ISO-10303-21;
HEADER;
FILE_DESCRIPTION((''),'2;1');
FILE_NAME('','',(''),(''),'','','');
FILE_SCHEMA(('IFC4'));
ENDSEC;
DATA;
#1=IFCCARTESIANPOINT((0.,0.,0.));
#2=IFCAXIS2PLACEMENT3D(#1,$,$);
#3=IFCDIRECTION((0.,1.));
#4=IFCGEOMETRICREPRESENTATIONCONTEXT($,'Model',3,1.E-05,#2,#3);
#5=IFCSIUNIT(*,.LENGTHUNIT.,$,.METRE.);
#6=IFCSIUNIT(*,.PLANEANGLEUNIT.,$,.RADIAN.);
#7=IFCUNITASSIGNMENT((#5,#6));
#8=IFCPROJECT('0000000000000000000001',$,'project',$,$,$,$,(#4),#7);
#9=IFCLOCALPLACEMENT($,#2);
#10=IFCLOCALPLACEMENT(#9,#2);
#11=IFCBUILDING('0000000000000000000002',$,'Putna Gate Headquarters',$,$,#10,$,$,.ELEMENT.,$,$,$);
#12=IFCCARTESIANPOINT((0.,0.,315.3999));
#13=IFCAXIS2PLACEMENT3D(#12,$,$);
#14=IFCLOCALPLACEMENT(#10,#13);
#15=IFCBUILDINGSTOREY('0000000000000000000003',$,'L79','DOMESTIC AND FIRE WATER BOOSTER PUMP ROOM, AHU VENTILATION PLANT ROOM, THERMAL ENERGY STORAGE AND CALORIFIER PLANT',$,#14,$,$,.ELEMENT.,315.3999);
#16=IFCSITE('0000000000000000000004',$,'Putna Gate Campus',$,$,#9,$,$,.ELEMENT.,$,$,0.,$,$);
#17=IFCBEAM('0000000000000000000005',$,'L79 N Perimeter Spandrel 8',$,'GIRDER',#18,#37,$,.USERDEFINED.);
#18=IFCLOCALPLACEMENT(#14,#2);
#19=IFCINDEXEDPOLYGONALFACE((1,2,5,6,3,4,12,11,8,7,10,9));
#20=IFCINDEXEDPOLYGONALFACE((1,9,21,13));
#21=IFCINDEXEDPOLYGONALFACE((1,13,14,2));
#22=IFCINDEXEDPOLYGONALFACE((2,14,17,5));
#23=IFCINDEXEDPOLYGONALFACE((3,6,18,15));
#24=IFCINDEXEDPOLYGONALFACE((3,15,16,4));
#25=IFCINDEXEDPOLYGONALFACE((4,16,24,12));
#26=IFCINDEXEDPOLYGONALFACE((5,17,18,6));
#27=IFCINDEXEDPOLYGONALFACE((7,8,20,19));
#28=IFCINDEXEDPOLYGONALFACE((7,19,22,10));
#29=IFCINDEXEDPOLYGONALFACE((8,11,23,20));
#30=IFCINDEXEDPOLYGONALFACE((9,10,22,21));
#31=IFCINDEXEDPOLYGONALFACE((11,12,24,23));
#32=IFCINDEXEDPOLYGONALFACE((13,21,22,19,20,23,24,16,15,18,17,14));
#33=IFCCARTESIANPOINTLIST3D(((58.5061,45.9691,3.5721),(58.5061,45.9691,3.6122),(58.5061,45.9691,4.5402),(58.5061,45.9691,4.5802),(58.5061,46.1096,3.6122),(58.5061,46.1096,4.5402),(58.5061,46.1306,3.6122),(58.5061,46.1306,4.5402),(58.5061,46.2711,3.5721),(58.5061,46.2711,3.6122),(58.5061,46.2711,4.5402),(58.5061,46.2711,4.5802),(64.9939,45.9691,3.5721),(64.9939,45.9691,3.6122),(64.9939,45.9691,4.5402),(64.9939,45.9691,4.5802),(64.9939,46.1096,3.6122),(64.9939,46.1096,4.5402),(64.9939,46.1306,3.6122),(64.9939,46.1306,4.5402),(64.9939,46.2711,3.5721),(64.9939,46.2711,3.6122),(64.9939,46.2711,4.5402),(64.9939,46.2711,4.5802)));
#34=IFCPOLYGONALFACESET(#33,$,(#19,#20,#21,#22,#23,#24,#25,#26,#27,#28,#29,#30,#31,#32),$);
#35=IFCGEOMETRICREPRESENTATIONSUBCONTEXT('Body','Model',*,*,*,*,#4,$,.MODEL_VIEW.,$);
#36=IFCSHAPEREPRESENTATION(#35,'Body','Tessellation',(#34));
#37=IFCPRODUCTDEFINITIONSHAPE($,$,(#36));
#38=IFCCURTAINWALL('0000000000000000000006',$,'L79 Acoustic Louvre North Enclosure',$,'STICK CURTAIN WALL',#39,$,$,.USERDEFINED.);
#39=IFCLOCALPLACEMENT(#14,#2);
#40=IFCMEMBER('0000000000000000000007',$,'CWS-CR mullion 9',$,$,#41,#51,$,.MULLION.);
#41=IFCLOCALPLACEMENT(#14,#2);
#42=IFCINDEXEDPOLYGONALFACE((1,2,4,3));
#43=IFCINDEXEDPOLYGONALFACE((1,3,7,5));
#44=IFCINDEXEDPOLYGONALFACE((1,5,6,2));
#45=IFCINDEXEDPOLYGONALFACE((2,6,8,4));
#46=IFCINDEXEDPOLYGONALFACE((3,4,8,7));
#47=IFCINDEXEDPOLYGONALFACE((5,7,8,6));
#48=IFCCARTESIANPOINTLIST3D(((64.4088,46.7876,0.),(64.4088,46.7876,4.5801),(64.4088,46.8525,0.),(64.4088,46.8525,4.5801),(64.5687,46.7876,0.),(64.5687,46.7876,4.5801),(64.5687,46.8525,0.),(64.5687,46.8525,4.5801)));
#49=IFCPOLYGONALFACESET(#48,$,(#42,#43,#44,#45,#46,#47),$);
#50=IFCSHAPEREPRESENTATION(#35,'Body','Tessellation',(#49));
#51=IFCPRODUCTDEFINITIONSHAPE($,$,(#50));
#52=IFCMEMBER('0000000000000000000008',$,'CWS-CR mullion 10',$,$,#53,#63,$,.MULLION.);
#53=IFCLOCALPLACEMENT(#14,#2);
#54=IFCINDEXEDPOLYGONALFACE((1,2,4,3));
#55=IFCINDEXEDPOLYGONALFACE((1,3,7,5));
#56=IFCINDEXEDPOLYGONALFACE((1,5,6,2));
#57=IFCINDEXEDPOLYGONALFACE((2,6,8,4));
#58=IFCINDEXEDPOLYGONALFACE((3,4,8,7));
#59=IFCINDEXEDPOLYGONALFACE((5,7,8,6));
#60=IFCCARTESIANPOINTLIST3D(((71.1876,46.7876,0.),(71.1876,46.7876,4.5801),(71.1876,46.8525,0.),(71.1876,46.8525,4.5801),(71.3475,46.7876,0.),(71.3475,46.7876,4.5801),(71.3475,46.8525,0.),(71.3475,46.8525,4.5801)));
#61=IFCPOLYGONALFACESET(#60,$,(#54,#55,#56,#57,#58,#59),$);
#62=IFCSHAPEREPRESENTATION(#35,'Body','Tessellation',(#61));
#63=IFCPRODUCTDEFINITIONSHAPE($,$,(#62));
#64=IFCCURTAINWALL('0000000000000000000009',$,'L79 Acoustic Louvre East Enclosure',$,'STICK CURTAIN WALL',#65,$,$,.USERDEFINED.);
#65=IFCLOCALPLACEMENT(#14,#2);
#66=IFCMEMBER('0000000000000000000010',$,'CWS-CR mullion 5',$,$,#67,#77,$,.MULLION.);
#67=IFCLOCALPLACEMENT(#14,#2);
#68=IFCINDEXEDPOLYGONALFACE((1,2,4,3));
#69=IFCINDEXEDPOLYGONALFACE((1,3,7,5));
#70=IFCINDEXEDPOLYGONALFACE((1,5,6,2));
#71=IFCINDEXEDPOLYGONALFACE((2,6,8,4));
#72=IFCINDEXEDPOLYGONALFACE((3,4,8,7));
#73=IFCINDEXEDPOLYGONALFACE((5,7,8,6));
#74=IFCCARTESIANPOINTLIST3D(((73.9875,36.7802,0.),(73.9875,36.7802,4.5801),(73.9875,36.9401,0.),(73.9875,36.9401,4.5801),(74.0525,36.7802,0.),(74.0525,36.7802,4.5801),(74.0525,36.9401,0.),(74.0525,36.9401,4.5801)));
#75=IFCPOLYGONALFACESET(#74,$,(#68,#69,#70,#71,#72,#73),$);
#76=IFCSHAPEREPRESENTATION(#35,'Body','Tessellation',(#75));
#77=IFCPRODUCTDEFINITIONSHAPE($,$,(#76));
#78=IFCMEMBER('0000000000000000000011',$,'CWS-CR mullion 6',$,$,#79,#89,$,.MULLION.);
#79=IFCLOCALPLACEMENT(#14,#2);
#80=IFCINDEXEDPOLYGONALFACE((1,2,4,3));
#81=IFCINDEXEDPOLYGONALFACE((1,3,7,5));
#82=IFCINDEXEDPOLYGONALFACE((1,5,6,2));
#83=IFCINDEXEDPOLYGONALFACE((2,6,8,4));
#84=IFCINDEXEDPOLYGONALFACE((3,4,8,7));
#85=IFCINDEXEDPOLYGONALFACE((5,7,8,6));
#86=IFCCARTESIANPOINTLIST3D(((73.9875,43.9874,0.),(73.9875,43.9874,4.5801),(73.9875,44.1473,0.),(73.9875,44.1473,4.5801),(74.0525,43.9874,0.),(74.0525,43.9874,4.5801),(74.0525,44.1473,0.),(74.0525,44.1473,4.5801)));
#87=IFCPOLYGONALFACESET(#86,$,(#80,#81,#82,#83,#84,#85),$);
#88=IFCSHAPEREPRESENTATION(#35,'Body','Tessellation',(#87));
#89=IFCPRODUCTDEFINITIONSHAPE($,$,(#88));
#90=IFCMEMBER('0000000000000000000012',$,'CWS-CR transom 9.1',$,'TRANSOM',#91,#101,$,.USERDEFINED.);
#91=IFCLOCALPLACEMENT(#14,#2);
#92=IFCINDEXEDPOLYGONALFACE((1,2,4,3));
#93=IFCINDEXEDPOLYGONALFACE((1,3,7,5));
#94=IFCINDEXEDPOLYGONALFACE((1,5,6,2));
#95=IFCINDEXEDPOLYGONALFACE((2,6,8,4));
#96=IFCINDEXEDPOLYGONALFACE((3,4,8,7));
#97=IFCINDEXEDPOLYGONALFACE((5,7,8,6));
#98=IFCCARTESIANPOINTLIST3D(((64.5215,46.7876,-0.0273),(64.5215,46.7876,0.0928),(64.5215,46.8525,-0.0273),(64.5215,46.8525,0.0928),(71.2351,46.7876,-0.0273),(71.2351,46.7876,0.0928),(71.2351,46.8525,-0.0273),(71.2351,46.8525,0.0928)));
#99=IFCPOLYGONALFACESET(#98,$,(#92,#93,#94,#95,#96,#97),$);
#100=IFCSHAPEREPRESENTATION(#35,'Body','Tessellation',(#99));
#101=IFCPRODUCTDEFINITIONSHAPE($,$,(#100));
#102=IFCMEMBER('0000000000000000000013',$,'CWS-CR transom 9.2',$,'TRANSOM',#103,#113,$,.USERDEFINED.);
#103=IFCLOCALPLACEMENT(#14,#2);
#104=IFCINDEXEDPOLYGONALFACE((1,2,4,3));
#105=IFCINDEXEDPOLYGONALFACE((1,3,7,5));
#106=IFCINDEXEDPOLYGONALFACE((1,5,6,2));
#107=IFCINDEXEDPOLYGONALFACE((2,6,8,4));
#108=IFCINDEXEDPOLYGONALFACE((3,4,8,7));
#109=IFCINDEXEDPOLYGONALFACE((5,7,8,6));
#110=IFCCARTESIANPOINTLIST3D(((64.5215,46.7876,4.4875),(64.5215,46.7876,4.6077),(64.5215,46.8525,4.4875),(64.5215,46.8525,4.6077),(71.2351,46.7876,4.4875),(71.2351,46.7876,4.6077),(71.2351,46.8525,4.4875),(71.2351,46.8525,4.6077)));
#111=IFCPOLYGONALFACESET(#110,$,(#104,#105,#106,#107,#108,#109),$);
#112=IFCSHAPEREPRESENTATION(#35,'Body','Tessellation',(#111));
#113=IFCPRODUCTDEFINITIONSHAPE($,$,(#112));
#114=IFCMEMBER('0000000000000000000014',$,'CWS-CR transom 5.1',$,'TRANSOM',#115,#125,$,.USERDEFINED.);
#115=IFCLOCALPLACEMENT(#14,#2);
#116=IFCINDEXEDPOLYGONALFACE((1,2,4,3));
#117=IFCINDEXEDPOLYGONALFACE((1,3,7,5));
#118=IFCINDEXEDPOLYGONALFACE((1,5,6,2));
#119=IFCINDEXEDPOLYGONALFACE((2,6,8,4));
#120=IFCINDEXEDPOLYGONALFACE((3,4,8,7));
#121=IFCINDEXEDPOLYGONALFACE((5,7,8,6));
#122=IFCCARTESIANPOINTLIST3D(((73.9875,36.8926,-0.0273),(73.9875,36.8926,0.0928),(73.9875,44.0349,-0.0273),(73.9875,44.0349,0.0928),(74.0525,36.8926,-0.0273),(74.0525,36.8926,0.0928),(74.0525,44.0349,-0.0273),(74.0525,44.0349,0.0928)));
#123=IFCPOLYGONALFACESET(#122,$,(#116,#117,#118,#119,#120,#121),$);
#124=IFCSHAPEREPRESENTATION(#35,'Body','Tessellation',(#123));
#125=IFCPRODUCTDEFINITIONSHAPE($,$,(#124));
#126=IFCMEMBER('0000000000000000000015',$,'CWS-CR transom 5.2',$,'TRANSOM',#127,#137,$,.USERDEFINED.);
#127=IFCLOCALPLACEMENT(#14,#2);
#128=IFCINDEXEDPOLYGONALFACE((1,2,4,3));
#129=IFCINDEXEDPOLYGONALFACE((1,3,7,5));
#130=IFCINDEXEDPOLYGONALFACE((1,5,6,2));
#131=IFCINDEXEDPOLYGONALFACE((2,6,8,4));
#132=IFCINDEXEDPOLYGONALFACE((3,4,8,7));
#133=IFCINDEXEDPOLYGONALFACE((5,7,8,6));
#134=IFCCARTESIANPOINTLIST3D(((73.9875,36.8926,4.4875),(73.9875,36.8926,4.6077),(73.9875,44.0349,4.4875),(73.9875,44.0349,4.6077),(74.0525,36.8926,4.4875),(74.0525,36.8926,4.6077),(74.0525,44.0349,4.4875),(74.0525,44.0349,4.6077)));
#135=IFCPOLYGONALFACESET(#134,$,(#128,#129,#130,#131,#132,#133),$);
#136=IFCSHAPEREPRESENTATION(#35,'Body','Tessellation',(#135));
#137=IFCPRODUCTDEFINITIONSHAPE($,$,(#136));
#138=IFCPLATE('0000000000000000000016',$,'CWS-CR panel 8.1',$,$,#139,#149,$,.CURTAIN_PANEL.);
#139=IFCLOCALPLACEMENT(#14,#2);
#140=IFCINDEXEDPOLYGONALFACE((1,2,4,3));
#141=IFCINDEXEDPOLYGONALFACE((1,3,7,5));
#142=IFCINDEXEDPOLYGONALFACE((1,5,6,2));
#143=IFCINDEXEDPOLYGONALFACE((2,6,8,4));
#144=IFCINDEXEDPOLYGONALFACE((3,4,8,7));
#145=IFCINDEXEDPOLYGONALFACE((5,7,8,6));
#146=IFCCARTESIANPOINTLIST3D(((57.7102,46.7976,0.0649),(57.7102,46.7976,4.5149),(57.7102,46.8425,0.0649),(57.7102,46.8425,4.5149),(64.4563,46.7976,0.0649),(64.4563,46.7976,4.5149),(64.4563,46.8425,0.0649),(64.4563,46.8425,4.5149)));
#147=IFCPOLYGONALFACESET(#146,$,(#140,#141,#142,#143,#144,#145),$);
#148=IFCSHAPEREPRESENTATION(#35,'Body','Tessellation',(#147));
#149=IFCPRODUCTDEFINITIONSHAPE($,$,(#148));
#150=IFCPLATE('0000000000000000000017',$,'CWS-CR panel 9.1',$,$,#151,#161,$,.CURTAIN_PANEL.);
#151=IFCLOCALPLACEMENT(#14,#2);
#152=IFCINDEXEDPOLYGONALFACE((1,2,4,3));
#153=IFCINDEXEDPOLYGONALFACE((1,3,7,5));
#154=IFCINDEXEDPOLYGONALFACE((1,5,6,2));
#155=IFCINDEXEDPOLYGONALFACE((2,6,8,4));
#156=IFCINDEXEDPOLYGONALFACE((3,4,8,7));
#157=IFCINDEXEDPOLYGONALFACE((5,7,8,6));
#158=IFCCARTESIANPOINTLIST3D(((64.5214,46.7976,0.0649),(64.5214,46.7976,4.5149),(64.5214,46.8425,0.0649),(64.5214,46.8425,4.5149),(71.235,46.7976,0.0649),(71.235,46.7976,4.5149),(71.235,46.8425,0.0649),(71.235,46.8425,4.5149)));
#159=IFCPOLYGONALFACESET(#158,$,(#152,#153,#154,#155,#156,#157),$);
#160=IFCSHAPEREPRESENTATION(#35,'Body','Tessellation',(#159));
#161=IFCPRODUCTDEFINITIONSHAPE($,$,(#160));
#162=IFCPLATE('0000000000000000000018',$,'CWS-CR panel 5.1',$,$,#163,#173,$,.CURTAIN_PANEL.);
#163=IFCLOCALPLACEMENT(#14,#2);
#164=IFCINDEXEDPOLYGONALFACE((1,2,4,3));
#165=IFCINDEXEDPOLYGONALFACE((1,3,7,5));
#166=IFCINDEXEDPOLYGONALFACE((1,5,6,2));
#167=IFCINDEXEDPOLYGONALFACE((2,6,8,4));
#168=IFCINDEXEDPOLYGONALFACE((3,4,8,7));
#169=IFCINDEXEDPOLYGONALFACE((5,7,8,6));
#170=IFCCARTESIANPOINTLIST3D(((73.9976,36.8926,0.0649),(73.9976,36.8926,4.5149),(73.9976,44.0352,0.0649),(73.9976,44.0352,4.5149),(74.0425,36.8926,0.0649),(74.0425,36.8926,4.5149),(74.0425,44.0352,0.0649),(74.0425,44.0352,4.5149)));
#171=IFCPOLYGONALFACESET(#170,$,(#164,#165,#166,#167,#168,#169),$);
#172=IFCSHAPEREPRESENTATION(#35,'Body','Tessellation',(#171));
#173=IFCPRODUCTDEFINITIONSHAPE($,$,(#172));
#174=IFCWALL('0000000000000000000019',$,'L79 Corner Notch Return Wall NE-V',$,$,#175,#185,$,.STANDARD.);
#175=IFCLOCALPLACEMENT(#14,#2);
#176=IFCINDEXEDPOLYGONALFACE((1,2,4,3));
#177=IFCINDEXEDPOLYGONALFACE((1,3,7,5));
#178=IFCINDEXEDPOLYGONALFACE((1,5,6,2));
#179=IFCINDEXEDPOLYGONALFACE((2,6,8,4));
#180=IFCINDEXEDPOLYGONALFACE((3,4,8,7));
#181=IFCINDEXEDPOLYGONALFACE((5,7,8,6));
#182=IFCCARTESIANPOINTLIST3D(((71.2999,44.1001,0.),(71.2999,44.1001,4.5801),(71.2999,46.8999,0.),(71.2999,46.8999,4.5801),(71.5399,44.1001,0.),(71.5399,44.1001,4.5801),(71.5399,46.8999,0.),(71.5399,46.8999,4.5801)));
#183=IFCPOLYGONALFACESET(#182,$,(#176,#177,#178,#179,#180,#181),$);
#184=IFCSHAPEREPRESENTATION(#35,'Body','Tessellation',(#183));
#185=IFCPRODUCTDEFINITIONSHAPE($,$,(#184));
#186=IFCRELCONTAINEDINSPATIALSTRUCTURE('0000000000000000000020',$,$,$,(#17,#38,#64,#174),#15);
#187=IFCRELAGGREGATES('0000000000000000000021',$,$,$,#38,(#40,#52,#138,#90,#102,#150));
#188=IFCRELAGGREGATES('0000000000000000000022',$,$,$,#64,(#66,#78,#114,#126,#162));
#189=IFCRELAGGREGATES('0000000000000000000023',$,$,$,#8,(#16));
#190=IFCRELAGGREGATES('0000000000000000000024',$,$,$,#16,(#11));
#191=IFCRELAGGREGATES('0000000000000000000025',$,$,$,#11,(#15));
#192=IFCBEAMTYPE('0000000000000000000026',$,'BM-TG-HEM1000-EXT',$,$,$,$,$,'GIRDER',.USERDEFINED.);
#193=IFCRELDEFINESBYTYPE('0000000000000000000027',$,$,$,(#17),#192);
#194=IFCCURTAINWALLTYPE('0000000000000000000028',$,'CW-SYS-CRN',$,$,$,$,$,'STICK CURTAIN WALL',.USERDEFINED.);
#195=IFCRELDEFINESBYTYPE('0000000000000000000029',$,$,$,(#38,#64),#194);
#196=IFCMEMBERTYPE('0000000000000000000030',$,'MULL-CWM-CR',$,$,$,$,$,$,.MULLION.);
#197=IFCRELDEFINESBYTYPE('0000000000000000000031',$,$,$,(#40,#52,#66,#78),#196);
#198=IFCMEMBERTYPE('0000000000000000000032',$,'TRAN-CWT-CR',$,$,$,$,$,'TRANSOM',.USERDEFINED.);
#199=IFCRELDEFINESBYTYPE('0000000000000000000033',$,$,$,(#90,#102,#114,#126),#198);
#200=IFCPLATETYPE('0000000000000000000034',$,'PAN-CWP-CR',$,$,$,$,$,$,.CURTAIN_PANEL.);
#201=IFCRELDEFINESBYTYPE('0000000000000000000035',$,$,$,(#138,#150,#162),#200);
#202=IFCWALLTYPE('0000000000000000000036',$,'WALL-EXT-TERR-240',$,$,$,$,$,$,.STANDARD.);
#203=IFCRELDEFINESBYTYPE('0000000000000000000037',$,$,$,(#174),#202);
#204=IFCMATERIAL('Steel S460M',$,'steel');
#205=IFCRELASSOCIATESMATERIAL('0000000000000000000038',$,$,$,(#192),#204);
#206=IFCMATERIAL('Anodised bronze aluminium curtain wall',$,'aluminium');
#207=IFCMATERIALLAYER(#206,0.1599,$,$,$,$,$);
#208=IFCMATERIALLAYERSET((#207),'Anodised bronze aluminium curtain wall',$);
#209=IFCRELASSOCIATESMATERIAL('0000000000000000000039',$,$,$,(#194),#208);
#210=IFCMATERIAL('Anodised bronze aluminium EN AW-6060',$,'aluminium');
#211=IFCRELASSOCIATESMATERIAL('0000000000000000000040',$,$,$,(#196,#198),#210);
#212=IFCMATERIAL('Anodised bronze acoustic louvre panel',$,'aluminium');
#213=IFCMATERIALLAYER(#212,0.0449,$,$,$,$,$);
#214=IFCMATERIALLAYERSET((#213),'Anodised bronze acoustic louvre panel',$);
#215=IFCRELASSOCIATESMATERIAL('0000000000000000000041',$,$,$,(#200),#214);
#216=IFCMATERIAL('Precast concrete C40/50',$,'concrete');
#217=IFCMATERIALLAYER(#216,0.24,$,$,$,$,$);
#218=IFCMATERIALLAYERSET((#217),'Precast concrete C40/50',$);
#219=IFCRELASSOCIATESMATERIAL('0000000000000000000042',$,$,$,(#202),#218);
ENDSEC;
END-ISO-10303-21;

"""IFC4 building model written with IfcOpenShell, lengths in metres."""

from ifc_helpers import new_model, si_unit, direction, frame, frame_2d, origin, origin_2d, place, context, subcontext, project, spatial, rectangle, i_section, extrude, material, layer, layer_set, material_profile, profile_set, type_object, element, aggregate, save


model = new_model("IFC4")

# Units and contexts
model_context = context("Model", 3, precision=1e-05, world=origin(), true_north=direction((0.0, 1.0)))
body_context = subcontext(model_context, "Body", "Model", "MODEL_VIEW")
ifc_project = project(units=[si_unit("LENGTHUNIT", "METRE"), si_unit("PLANEANGLEUNIT", "RADIAN")], contexts=[model_context])

# Site, building, storey
site_placement = place(None, origin())
site = spatial("IfcSite", under=ifc_project, at=site_placement, Name="Putna Gate Campus", CompositionType="ELEMENT", RefElevation=0.0)
building_placement = place(site_placement, origin())
building = spatial("IfcBuilding", under=site, at=building_placement, Name="Putna Gate Headquarters", CompositionType="ELEMENT")
storey_placement = place(building_placement, frame((0.0, 0.0, 315.3999)))
storey = spatial("IfcBuildingStorey", under=building, at=storey_placement, Name="L79", Description="DOMESTIC AND FIRE WATER BOOSTER PUMP ROOM, AHU VENTILATION PLANT ROOM, THERMAL ENERGY STORAGE AND CALORIFIER PLANT", CompositionType="ELEMENT", Elevation=315.3999)

# Shared definitions
ifc_material_1 = material(Name="Steel S460M", Category="steel")

# Beam
ifc_material_profile_1 = material_profile(ifc_material_1, i_section(OverallWidth=0.302, OverallDepth=1.0081, WebThickness=0.021, FlangeThickness=0.04, at=origin_2d()), Name="Steel S460M")
ifc_profile_set_1 = profile_set([ifc_material_profile_1], Name="Steel S460M")
beam_type_1 = type_object("IfcBeamType", Name="BM-TG-HEM1000-EXT", ElementType="GIRDER", PredefinedType="USERDEFINED", material=ifc_profile_set_1)
beam_1_placement = place(storey_placement, frame((58.5061, 46.1201, 4.0762), z_axis=(1.0, 0.0, 0.0), x_axis=(0.0, 1.0, 0.0)))
element("IfcBeam", 1, at=beam_1_placement, inside=storey, type_object=beam_type_1, Name="L79 N Perimeter Spandrel 8", ObjectType="GIRDER", PredefinedType="USERDEFINED", context=body_context, shape_type="SweptSolid", body=[
    extrude(i_section(OverallWidth=0.302, OverallDepth=1.0081, WebThickness=0.021, FlangeThickness=0.04, at=origin_2d()), origin(), (0.0, 0.0, 1.0), 6.4878),
])

# Curtain walls, members
ifc_material_2 = material(Name="Anodised bronze aluminium curtain wall", Category="aluminium")
ifc_layer_1 = layer(ifc_material_2, 0.1599)
ifc_layer_set_1 = layer_set([ifc_layer_1], Name="Anodised bronze aluminium curtain wall")
curtain_wall_type = type_object("IfcCurtainWallType", Name="CW-SYS-CRN", ElementType="STICK CURTAIN WALL", PredefinedType="USERDEFINED", material=ifc_layer_set_1)
curtain_wall_1_placement = place(storey_placement, origin())
curtain_wall_1 = element("IfcCurtainWall", 2, at=curtain_wall_1_placement, inside=storey, type_object=curtain_wall_type, Name="L79 Acoustic Louvre North Enclosure", ObjectType="STICK CURTAIN WALL", PredefinedType="USERDEFINED")
ifc_material_3 = material(Name="Anodised bronze aluminium EN AW-6060", Category="aluminium")
ifc_material_profile_2 = material_profile(ifc_material_3, rectangle(XDim=0.0649, YDim=0.1599, at=origin_2d()), Name="Anodised bronze aluminium EN AW-6060")
ifc_profile_set_2 = profile_set([ifc_material_profile_2], Name="Anodised bronze aluminium EN AW-6060")
member_type_1 = type_object("IfcMemberType", Name="MULL-CWM-CR", PredefinedType="MULLION", material=ifc_profile_set_2)
member_1_placement = place(storey_placement, frame((64.4888, 46.8201, 0.0), z_axis=(0.0, 0.0, 1.0), x_axis=(0.0, 1.0, 0.0)))
member_1 = element("IfcMember", 3, at=member_1_placement, type_object=member_type_1, Name="CWS-CR mullion 9", PredefinedType="MULLION", context=body_context, shape_type="SweptSolid", body=[
    extrude(rectangle(XDim=0.0649, YDim=0.1599, at=origin_2d()), origin(), (0.0, 0.0, 1.0), 4.5801),
])
member_2_placement = place(storey_placement, frame((71.2676, 46.8201, 0.0), z_axis=(0.0, 0.0, 1.0), x_axis=(0.0, 1.0, 0.0)))
member_2 = element("IfcMember", 4, at=member_2_placement, type_object=member_type_1, Name="CWS-CR mullion 10", PredefinedType="MULLION", context=body_context, shape_type="SweptSolid", body=[
    extrude(rectangle(XDim=0.0649, YDim=0.1599, at=origin_2d()), origin(), (0.0, 0.0, 1.0), 4.5801),
])
curtain_wall_2_placement = place(storey_placement, origin())
curtain_wall_2 = element("IfcCurtainWall", 5, at=curtain_wall_2_placement, inside=storey, type_object=curtain_wall_type, Name="L79 Acoustic Louvre East Enclosure", ObjectType="STICK CURTAIN WALL", PredefinedType="USERDEFINED")
member_3_placement = place(storey_placement, frame((74.02, 36.8601, 0.0), z_axis=(0.0, 0.0, 1.0), x_axis=(-1.0, 0.0, 0.0)))
member_3 = element("IfcMember", 6, at=member_3_placement, type_object=member_type_1, Name="CWS-CR mullion 5", PredefinedType="MULLION", context=body_context, shape_type="SweptSolid", body=[
    extrude(rectangle(XDim=0.0649, YDim=0.1599, at=origin_2d()), origin(), (0.0, 0.0, 1.0), 4.5801),
])
member_4_placement = place(storey_placement, frame((74.02, 44.0674, 0.0), z_axis=(0.0, 0.0, 1.0), x_axis=(-1.0, 0.0, 0.0)))
member_4 = element("IfcMember", 7, at=member_4_placement, type_object=member_type_1, Name="CWS-CR mullion 6", PredefinedType="MULLION", context=body_context, shape_type="SweptSolid", body=[
    extrude(rectangle(XDim=0.0649, YDim=0.1599, at=origin_2d()), origin(), (0.0, 0.0, 1.0), 4.5801),
])

# Members
ifc_material_profile_3 = material_profile(ifc_material_3, rectangle(XDim=0.0649, YDim=0.1201, at=origin_2d()), Name="Anodised bronze aluminium EN AW-6060")
ifc_profile_set_3 = profile_set([ifc_material_profile_3], Name="Anodised bronze aluminium EN AW-6060")
member_type_2 = type_object("IfcMemberType", Name="TRAN-CWT-CR", ElementType="TRANSOM", PredefinedType="USERDEFINED", material=ifc_profile_set_3)
member_5_placement = place(storey_placement, frame((64.5215, 46.8201, 0.0327), z_axis=(1.0, 0.0, 0.0), x_axis=(0.0, 1.0, 0.0)))
member_5 = element("IfcMember", 8, at=member_5_placement, type_object=member_type_2, Name="CWS-CR transom 9.1", ObjectType="TRANSOM", PredefinedType="USERDEFINED", context=body_context, shape_type="SweptSolid", body=[
    extrude(rectangle(XDim=0.0649, YDim=0.1201, at=origin_2d()), origin(), (0.0, 0.0, 1.0), 6.7136),
])
member_6_placement = place(storey_placement, frame((64.5215, 46.8201, 4.5476), z_axis=(1.0, 0.0, 0.0), x_axis=(0.0, 1.0, 0.0)))
member_6 = element("IfcMember", 9, at=member_6_placement, type_object=member_type_2, Name="CWS-CR transom 9.2", ObjectType="TRANSOM", PredefinedType="USERDEFINED", context=body_context, shape_type="SweptSolid", body=[
    extrude(rectangle(XDim=0.0649, YDim=0.1201, at=origin_2d()), origin(), (0.0, 0.0, 1.0), 6.7136),
])
member_7_placement = place(storey_placement, frame((74.02, 36.8926, 0.0327), z_axis=(0.0, 1.0, 0.0), x_axis=(-1.0, 0.0, 0.0)))
member_7 = element("IfcMember", 10, at=member_7_placement, type_object=member_type_2, Name="CWS-CR transom 5.1", ObjectType="TRANSOM", PredefinedType="USERDEFINED", context=body_context, shape_type="SweptSolid", body=[
    extrude(rectangle(XDim=0.0649, YDim=0.1201, at=origin_2d()), origin(), (0.0, 0.0, 1.0), 7.1423),
])
member_8_placement = place(storey_placement, frame((74.02, 36.8926, 4.5476), z_axis=(0.0, 1.0, 0.0), x_axis=(-1.0, 0.0, 0.0)))
member_8 = element("IfcMember", 11, at=member_8_placement, type_object=member_type_2, Name="CWS-CR transom 5.2", ObjectType="TRANSOM", PredefinedType="USERDEFINED", context=body_context, shape_type="SweptSolid", body=[
    extrude(rectangle(XDim=0.0649, YDim=0.1201, at=origin_2d()), origin(), (0.0, 0.0, 1.0), 7.1423),
])

# Plates
ifc_material_4 = material(Name="Anodised bronze acoustic louvre panel", Category="aluminium")
ifc_layer_2 = layer(ifc_material_4, 0.0449)
ifc_layer_set_2 = layer_set([ifc_layer_2], Name="Anodised bronze acoustic louvre panel")
plate_type = type_object("IfcPlateType", Name="PAN-CWP-CR", PredefinedType="CURTAIN_PANEL", material=ifc_layer_set_2)
plate_1_placement = place(storey_placement, frame((61.0833, 46.8201, 0.0649), z_axis=(0.0, 0.0, 1.0), x_axis=(1.0, 0.0, 0.0)))
plate_1 = element("IfcPlate", 12, at=plate_1_placement, type_object=plate_type, Name="CWS-CR panel 8.1", PredefinedType="CURTAIN_PANEL", context=body_context, shape_type="SweptSolid", body=[
    extrude(rectangle(XDim=6.7461, YDim=0.0449, at=origin_2d()), origin(), (0.0, 0.0, 1.0), 4.45),
])
plate_2_placement = place(storey_placement, frame((67.8782, 46.8201, 0.0649), z_axis=(0.0, 0.0, 1.0), x_axis=(1.0, 0.0, 0.0)))
plate_2 = element("IfcPlate", 13, at=plate_2_placement, type_object=plate_type, Name="CWS-CR panel 9.1", PredefinedType="CURTAIN_PANEL", context=body_context, shape_type="SweptSolid", body=[
    extrude(rectangle(XDim=6.7136, YDim=0.0449, at=origin_2d()), origin(), (0.0, 0.0, 1.0), 4.45),
])
aggregate(curtain_wall_1, [member_1, member_2, plate_1, member_5, member_6, plate_2])
plate_3_placement = place(storey_placement, frame((74.02, 40.4639, 0.0649), z_axis=(0.0, 0.0, 1.0), x_axis=(0.0, 1.0, 0.0)))
plate_3 = element("IfcPlate", 14, at=plate_3_placement, type_object=plate_type, Name="CWS-CR panel 5.1", PredefinedType="CURTAIN_PANEL", context=body_context, shape_type="SweptSolid", body=[
    extrude(rectangle(XDim=7.1426, YDim=0.0449, at=origin_2d()), origin(), (0.0, 0.0, 1.0), 4.45),
])
aggregate(curtain_wall_2, [member_3, member_4, member_7, member_8, plate_3])

# Wall
ifc_material_5 = material(Name="Precast concrete C40/50", Category="concrete")
ifc_layer_3 = layer(ifc_material_5, 0.24)
ifc_layer_set_3 = layer_set([ifc_layer_3], Name="Precast concrete C40/50")
wall_type = type_object("IfcWallType", Name="WALL-EXT-TERR-240", PredefinedType="STANDARD", material=ifc_layer_set_3)
wall_1_placement = place(storey_placement, frame((71.4199, 46.8999, 0.0), z_axis=(0.0, 0.0, 1.0), x_axis=(0.0, -1.0, 0.0)))
element("IfcWall", 15, at=wall_1_placement, inside=storey, type_object=wall_type, Name="L79 Corner Notch Return Wall NE-V", PredefinedType="STANDARD", context=body_context, shape_type="SweptSolid", body=[
    extrude(rectangle(XDim=2.7998, YDim=0.24, at=frame_2d((1.3999, 0.0))), origin(), (0.0, 0.0, 1.0), 4.5801),
])

save(model, "model.ifc")
